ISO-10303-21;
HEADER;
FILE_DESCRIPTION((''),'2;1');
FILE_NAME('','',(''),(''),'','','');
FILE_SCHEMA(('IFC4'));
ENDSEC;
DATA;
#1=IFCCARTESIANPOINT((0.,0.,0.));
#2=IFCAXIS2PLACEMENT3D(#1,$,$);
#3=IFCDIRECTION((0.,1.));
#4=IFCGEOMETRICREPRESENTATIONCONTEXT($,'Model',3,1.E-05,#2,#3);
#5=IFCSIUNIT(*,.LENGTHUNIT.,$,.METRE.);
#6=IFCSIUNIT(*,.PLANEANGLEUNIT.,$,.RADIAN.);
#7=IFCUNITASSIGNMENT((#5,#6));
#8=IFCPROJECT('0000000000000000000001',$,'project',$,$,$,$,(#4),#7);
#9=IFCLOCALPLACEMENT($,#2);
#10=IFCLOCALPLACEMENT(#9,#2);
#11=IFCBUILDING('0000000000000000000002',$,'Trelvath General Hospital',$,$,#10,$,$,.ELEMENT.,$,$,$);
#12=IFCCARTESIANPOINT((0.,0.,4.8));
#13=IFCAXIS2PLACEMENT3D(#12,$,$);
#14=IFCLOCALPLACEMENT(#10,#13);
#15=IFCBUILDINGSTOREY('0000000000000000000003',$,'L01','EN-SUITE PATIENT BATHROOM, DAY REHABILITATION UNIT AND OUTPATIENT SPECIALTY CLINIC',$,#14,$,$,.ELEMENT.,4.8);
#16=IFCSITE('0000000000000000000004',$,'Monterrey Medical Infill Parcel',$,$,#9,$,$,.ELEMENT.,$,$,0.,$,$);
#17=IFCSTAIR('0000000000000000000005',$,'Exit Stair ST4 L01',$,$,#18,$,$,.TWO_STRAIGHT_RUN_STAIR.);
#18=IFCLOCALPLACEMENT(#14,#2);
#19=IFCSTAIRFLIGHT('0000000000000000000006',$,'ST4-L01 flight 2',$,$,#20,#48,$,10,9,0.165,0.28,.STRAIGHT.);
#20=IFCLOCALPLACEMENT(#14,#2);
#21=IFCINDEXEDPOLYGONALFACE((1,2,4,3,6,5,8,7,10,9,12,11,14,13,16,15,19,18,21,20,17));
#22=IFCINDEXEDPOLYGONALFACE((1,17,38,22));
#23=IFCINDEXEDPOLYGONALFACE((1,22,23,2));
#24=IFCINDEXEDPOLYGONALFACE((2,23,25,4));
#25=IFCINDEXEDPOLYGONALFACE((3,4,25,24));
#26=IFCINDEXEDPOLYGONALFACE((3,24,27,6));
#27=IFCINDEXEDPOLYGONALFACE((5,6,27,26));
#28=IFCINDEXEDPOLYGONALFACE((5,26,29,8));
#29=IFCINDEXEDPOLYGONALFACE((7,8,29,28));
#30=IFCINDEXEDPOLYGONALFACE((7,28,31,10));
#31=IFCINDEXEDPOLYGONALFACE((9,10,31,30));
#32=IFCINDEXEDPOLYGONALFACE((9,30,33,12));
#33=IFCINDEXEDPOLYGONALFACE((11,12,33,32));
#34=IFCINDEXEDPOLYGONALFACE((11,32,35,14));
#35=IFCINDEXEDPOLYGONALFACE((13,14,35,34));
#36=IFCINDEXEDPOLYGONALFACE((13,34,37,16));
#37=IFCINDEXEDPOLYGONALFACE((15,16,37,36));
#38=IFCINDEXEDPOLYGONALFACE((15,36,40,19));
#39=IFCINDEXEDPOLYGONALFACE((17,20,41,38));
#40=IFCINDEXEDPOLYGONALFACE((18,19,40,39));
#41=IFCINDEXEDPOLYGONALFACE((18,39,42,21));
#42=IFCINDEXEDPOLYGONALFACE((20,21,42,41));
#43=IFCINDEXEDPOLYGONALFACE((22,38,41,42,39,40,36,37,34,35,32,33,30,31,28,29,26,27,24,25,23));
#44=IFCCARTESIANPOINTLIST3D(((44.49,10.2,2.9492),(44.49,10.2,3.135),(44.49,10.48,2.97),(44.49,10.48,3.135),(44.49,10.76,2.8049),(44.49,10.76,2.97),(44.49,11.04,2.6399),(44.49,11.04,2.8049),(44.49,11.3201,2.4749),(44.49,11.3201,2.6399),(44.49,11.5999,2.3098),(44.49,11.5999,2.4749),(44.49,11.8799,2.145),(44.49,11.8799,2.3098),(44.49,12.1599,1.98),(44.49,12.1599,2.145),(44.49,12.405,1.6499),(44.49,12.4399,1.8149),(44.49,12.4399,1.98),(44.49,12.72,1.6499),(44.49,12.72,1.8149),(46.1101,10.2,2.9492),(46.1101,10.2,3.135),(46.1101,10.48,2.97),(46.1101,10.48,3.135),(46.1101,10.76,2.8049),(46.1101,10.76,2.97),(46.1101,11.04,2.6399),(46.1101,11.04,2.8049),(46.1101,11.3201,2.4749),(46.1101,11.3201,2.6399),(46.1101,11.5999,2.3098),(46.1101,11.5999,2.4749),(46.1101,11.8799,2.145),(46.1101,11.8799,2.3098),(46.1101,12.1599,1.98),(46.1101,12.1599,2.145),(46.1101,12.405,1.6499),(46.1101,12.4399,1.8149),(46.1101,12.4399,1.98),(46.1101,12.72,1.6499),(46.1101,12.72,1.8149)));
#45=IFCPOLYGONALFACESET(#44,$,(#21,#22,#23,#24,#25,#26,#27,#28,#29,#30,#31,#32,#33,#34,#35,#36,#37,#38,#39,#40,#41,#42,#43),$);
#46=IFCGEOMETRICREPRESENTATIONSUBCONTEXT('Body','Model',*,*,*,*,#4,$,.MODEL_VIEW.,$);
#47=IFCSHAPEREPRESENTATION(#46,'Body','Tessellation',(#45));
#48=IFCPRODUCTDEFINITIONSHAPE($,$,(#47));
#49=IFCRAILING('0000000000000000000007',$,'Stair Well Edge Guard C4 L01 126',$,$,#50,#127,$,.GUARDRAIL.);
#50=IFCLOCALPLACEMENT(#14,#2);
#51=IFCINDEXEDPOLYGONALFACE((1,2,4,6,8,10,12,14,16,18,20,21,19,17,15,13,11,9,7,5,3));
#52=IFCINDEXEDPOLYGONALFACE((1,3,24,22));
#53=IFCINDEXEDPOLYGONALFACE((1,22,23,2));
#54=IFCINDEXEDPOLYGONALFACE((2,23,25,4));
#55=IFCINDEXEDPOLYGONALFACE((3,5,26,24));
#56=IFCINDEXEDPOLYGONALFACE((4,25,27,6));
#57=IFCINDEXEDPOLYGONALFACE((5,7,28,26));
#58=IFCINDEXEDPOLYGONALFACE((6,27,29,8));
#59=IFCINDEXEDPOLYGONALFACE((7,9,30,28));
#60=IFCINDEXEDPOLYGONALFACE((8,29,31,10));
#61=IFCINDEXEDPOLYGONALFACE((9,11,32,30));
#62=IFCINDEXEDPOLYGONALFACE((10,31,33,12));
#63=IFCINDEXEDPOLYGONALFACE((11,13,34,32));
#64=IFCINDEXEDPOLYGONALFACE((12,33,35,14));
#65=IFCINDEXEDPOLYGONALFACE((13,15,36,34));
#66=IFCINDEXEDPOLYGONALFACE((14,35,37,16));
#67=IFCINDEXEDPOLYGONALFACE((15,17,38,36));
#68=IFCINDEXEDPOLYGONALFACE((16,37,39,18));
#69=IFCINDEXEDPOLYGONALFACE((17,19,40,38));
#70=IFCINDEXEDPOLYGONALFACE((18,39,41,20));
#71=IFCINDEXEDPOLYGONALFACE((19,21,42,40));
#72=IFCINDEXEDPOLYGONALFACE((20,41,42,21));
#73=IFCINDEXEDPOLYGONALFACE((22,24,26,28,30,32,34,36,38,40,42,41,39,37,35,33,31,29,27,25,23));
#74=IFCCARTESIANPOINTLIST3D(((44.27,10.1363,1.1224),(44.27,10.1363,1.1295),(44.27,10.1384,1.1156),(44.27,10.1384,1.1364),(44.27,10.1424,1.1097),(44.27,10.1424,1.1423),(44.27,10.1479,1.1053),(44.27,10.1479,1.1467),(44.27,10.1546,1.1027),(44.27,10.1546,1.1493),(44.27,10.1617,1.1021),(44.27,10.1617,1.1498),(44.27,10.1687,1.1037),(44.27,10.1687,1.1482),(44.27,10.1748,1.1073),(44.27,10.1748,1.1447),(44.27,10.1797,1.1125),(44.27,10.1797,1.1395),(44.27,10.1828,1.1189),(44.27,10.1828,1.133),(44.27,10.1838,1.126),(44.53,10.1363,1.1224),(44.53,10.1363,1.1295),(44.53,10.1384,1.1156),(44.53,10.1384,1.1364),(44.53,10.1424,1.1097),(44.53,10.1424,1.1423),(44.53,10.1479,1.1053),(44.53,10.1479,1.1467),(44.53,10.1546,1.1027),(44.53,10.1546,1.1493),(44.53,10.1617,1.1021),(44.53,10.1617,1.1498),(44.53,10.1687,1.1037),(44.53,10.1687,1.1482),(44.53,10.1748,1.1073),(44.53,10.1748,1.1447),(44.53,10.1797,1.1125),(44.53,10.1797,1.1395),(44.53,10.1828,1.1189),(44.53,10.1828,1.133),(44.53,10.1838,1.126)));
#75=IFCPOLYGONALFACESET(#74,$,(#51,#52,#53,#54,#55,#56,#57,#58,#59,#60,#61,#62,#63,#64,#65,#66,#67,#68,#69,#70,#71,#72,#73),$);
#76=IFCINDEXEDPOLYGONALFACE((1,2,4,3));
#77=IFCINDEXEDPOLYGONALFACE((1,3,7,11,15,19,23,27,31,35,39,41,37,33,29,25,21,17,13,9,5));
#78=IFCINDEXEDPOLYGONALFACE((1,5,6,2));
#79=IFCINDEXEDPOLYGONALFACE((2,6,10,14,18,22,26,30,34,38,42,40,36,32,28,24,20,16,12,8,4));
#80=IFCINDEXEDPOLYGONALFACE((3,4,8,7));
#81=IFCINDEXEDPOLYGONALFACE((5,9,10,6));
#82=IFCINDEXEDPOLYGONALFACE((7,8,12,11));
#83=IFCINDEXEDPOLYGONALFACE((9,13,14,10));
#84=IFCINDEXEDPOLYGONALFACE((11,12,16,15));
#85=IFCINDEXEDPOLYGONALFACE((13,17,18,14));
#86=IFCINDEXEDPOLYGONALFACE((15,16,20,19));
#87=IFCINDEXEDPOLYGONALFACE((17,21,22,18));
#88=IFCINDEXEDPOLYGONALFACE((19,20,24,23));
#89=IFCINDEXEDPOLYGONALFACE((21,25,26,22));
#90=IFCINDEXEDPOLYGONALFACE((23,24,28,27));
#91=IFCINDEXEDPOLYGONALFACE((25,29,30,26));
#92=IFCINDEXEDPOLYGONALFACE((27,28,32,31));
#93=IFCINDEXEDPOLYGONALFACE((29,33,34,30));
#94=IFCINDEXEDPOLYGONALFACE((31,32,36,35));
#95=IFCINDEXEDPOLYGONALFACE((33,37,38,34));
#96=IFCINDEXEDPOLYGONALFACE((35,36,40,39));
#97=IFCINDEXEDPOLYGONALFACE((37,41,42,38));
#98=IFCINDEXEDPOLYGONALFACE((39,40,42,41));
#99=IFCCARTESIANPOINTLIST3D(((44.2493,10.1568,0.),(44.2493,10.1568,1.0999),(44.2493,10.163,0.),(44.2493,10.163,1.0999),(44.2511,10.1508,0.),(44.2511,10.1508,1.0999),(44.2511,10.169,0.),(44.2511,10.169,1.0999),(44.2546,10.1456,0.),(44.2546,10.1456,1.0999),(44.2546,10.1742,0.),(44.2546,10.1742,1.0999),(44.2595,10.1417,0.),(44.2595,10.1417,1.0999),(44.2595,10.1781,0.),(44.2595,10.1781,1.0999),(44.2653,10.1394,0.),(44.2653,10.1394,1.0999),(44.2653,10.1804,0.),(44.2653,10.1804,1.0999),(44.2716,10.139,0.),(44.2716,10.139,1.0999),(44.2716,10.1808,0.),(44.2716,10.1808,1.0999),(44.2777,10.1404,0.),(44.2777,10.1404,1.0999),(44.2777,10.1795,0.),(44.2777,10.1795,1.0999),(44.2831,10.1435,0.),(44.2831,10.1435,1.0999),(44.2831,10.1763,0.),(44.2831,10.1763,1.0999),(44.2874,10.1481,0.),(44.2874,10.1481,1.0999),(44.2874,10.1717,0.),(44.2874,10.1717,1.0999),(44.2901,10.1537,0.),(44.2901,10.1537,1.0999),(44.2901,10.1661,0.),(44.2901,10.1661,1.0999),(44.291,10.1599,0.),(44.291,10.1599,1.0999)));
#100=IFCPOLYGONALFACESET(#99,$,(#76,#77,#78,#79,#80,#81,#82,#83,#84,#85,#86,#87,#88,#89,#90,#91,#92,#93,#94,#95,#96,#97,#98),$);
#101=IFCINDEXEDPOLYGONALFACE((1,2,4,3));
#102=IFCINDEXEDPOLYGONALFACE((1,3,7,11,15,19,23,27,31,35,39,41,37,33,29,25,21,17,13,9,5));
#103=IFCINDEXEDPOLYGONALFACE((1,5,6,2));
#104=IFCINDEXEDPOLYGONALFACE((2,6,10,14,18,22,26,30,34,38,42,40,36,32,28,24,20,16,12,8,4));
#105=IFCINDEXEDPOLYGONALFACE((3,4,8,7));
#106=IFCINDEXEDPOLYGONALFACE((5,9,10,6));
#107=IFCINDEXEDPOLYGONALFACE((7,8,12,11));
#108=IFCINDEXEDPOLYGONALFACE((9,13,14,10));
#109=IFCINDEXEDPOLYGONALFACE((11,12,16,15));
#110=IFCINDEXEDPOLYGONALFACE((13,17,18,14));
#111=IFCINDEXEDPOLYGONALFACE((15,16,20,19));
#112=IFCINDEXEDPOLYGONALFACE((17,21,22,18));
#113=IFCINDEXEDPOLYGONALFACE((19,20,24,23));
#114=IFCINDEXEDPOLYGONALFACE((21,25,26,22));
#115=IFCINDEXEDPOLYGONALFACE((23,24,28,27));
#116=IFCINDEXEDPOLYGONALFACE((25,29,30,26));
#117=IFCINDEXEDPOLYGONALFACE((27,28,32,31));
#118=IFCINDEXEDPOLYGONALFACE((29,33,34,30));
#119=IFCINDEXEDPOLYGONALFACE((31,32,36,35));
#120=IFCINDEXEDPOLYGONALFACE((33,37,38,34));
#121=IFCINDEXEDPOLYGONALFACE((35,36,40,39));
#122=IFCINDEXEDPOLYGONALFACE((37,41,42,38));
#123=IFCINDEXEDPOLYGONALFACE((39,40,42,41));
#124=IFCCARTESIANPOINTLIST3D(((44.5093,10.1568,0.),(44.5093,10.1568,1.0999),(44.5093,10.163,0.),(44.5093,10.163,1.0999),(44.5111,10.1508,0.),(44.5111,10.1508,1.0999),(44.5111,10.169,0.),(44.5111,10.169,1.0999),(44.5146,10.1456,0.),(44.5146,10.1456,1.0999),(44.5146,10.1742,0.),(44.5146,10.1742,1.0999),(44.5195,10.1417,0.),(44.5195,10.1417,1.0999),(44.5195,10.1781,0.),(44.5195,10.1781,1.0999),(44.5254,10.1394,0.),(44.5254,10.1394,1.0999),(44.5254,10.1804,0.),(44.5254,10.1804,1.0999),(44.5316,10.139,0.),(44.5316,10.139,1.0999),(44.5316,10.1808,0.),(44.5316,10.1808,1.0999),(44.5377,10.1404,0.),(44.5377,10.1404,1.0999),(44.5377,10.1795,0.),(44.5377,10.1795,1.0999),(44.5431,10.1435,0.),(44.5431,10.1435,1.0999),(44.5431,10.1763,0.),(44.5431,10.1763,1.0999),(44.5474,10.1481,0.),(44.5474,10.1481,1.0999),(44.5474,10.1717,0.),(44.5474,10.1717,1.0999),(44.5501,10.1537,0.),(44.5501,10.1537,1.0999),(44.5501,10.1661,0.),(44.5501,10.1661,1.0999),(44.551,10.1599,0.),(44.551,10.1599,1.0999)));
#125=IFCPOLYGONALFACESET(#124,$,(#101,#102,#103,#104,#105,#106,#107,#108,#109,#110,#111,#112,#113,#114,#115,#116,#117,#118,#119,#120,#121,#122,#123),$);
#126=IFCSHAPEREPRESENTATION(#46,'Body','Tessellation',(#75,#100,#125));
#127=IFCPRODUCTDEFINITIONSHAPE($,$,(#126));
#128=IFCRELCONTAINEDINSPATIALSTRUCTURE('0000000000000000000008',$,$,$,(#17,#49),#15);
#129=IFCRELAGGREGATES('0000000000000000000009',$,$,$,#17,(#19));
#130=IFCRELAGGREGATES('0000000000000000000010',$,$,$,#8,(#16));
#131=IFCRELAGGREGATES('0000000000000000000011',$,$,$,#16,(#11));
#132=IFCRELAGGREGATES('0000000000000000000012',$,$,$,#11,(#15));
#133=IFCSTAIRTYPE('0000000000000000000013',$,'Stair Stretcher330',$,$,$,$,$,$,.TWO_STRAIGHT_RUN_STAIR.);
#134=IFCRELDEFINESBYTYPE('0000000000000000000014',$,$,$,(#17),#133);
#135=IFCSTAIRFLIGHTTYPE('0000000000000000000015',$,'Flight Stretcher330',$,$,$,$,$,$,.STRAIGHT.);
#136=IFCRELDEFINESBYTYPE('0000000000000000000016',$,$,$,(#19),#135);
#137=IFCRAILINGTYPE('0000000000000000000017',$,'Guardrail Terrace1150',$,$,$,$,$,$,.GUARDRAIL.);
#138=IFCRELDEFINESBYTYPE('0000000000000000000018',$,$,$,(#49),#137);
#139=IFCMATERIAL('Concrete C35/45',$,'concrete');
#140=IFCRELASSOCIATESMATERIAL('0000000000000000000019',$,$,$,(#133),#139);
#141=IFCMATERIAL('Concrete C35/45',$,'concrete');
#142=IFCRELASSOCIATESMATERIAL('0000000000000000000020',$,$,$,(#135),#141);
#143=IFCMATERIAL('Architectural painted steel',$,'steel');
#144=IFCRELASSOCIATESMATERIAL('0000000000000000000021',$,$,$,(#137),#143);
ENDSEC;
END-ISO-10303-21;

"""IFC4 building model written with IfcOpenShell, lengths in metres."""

from ifc_helpers import new_model, si_unit, direction, frame, origin, origin_2d, place, context, subcontext, project, spatial, polyline, circle, outline, extrude, material, type_object, element, aggregate, save


model = new_model("IFC4")

# Units and contexts
model_context = context("Model", 3, precision=1e-05, world=origin(), true_north=direction((0.0, 1.0)))
body_context = subcontext(model_context, "Body", "Model", "MODEL_VIEW")
ifc_project = project(units=[si_unit("LENGTHUNIT", "METRE"), si_unit("PLANEANGLEUNIT", "RADIAN")], contexts=[model_context])

# Site, building, storey
site_placement = place(None, origin())
site = spatial("IfcSite", under=ifc_project, at=site_placement, Name="Monterrey Medical Infill Parcel", CompositionType="ELEMENT", RefElevation=0.0)
building_placement = place(site_placement, origin())
building = spatial("IfcBuilding", under=site, at=building_placement, Name="Trelvath General Hospital", CompositionType="ELEMENT")
storey_placement = place(building_placement, frame((0.0, 0.0, 4.8)))
storey = spatial("IfcBuildingStorey", under=building, at=storey_placement, Name="L01", Description="EN-SUITE PATIENT BATHROOM, DAY REHABILITATION UNIT AND OUTPATIENT SPECIALTY CLINIC", CompositionType="ELEMENT", Elevation=4.8)

# Stair, stair flight
ifc_material_1 = material(Name="Concrete C35/45", Category="concrete")
stair_type = type_object("IfcStairType", Name="Stair Stretcher330", PredefinedType="TWO_STRAIGHT_RUN_STAIR", material=ifc_material_1)
stair_placement = place(storey_placement, origin())
stair = element("IfcStair", 1, at=stair_placement, inside=storey, type_object=stair_type, Name="Exit Stair ST4 L01", PredefinedType="TWO_STRAIGHT_RUN_STAIR")
ifc_material_2 = material(Name="Concrete C35/45", Category="concrete")
stair_flight_type = type_object("IfcStairFlightType", Name="Flight Stretcher330", PredefinedType="STRAIGHT", material=ifc_material_2)
stair_flight_placement = place(storey_placement, frame((45.3, 12.72, 1.6499), z_axis=(0.0, 0.0, 1.0), x_axis=(0.0, -1.0, 0.0)))
stair_flight = element("IfcStairFlight", 2, at=stair_flight_placement, type_object=stair_flight_type, Name="ST4-L01 flight 2", NumberOfRisers=10, NumberOfTreads=9, PredefinedType="STRAIGHT", RiserHeight=0.165, TreadLength=0.28, context=body_context, shape_type="SweptSolid", body=[
    extrude(outline(polyline([(0.0, 0.0), (0.0, 0.165), (0.28, 0.165), (0.28, 0.3301), (0.5601, 0.3301), (0.5601, 0.4951), (0.8401, 0.4951), (0.8401, 0.6599), (1.1201, 0.6599), (1.1201, 0.825), (1.3999, 0.825), (1.3999, 0.99), (1.6799, 0.99), (1.6799, 1.155), (1.96, 1.155), (1.96, 1.3201), (2.24, 1.3201), (2.24, 1.4851), (2.52, 1.4851), (2.52, 1.6499), (2.52, 1.2993), (0.3149, 0.0), (0.0, 0.0)])), frame((0.0, 0.8101, 0.0), z_axis=(0.0, -1.0, 0.0), x_axis=(1.0, 0.0, 0.0)), (0.0, 0.0, 1.0), 1.6201),
])
aggregate(stair, [stair_flight])

# Railing
ifc_material_3 = material(Name="Architectural painted steel", Category="steel")
railing_type_1 = type_object("IfcRailingType", Name="Guardrail Terrace1150", PredefinedType="GUARDRAIL", material=ifc_material_3)
railing_1_placement = place(storey_placement, frame((44.27, 10.1599, 0.0)))
element("IfcRailing", 3, at=railing_1_placement, inside=storey, type_object=railing_type_1, Name="Stair Well Edge Guard C4 L01 126", PredefinedType="GUARDRAIL", context=body_context, shape_type="SweptSolid", body=[
    extrude(circle(Radius=0.0239, at=origin_2d()), frame((0.0, 0.0, 1.126), z_axis=(1.0, 0.0, 0.0), x_axis=(0.0, 1.0, 0.0)), (0.0, 0.0, 1.0), 0.26),
    extrude(circle(Radius=0.021, at=origin_2d()), origin(), (0.0, 0.0, 1.0), 1.0999),
    extrude(circle(Radius=0.021, at=origin_2d()), frame((0.26, 0.0, 0.0)), (0.0, 0.0, 1.0), 1.0999),
])

save(model, "model.ifc")
